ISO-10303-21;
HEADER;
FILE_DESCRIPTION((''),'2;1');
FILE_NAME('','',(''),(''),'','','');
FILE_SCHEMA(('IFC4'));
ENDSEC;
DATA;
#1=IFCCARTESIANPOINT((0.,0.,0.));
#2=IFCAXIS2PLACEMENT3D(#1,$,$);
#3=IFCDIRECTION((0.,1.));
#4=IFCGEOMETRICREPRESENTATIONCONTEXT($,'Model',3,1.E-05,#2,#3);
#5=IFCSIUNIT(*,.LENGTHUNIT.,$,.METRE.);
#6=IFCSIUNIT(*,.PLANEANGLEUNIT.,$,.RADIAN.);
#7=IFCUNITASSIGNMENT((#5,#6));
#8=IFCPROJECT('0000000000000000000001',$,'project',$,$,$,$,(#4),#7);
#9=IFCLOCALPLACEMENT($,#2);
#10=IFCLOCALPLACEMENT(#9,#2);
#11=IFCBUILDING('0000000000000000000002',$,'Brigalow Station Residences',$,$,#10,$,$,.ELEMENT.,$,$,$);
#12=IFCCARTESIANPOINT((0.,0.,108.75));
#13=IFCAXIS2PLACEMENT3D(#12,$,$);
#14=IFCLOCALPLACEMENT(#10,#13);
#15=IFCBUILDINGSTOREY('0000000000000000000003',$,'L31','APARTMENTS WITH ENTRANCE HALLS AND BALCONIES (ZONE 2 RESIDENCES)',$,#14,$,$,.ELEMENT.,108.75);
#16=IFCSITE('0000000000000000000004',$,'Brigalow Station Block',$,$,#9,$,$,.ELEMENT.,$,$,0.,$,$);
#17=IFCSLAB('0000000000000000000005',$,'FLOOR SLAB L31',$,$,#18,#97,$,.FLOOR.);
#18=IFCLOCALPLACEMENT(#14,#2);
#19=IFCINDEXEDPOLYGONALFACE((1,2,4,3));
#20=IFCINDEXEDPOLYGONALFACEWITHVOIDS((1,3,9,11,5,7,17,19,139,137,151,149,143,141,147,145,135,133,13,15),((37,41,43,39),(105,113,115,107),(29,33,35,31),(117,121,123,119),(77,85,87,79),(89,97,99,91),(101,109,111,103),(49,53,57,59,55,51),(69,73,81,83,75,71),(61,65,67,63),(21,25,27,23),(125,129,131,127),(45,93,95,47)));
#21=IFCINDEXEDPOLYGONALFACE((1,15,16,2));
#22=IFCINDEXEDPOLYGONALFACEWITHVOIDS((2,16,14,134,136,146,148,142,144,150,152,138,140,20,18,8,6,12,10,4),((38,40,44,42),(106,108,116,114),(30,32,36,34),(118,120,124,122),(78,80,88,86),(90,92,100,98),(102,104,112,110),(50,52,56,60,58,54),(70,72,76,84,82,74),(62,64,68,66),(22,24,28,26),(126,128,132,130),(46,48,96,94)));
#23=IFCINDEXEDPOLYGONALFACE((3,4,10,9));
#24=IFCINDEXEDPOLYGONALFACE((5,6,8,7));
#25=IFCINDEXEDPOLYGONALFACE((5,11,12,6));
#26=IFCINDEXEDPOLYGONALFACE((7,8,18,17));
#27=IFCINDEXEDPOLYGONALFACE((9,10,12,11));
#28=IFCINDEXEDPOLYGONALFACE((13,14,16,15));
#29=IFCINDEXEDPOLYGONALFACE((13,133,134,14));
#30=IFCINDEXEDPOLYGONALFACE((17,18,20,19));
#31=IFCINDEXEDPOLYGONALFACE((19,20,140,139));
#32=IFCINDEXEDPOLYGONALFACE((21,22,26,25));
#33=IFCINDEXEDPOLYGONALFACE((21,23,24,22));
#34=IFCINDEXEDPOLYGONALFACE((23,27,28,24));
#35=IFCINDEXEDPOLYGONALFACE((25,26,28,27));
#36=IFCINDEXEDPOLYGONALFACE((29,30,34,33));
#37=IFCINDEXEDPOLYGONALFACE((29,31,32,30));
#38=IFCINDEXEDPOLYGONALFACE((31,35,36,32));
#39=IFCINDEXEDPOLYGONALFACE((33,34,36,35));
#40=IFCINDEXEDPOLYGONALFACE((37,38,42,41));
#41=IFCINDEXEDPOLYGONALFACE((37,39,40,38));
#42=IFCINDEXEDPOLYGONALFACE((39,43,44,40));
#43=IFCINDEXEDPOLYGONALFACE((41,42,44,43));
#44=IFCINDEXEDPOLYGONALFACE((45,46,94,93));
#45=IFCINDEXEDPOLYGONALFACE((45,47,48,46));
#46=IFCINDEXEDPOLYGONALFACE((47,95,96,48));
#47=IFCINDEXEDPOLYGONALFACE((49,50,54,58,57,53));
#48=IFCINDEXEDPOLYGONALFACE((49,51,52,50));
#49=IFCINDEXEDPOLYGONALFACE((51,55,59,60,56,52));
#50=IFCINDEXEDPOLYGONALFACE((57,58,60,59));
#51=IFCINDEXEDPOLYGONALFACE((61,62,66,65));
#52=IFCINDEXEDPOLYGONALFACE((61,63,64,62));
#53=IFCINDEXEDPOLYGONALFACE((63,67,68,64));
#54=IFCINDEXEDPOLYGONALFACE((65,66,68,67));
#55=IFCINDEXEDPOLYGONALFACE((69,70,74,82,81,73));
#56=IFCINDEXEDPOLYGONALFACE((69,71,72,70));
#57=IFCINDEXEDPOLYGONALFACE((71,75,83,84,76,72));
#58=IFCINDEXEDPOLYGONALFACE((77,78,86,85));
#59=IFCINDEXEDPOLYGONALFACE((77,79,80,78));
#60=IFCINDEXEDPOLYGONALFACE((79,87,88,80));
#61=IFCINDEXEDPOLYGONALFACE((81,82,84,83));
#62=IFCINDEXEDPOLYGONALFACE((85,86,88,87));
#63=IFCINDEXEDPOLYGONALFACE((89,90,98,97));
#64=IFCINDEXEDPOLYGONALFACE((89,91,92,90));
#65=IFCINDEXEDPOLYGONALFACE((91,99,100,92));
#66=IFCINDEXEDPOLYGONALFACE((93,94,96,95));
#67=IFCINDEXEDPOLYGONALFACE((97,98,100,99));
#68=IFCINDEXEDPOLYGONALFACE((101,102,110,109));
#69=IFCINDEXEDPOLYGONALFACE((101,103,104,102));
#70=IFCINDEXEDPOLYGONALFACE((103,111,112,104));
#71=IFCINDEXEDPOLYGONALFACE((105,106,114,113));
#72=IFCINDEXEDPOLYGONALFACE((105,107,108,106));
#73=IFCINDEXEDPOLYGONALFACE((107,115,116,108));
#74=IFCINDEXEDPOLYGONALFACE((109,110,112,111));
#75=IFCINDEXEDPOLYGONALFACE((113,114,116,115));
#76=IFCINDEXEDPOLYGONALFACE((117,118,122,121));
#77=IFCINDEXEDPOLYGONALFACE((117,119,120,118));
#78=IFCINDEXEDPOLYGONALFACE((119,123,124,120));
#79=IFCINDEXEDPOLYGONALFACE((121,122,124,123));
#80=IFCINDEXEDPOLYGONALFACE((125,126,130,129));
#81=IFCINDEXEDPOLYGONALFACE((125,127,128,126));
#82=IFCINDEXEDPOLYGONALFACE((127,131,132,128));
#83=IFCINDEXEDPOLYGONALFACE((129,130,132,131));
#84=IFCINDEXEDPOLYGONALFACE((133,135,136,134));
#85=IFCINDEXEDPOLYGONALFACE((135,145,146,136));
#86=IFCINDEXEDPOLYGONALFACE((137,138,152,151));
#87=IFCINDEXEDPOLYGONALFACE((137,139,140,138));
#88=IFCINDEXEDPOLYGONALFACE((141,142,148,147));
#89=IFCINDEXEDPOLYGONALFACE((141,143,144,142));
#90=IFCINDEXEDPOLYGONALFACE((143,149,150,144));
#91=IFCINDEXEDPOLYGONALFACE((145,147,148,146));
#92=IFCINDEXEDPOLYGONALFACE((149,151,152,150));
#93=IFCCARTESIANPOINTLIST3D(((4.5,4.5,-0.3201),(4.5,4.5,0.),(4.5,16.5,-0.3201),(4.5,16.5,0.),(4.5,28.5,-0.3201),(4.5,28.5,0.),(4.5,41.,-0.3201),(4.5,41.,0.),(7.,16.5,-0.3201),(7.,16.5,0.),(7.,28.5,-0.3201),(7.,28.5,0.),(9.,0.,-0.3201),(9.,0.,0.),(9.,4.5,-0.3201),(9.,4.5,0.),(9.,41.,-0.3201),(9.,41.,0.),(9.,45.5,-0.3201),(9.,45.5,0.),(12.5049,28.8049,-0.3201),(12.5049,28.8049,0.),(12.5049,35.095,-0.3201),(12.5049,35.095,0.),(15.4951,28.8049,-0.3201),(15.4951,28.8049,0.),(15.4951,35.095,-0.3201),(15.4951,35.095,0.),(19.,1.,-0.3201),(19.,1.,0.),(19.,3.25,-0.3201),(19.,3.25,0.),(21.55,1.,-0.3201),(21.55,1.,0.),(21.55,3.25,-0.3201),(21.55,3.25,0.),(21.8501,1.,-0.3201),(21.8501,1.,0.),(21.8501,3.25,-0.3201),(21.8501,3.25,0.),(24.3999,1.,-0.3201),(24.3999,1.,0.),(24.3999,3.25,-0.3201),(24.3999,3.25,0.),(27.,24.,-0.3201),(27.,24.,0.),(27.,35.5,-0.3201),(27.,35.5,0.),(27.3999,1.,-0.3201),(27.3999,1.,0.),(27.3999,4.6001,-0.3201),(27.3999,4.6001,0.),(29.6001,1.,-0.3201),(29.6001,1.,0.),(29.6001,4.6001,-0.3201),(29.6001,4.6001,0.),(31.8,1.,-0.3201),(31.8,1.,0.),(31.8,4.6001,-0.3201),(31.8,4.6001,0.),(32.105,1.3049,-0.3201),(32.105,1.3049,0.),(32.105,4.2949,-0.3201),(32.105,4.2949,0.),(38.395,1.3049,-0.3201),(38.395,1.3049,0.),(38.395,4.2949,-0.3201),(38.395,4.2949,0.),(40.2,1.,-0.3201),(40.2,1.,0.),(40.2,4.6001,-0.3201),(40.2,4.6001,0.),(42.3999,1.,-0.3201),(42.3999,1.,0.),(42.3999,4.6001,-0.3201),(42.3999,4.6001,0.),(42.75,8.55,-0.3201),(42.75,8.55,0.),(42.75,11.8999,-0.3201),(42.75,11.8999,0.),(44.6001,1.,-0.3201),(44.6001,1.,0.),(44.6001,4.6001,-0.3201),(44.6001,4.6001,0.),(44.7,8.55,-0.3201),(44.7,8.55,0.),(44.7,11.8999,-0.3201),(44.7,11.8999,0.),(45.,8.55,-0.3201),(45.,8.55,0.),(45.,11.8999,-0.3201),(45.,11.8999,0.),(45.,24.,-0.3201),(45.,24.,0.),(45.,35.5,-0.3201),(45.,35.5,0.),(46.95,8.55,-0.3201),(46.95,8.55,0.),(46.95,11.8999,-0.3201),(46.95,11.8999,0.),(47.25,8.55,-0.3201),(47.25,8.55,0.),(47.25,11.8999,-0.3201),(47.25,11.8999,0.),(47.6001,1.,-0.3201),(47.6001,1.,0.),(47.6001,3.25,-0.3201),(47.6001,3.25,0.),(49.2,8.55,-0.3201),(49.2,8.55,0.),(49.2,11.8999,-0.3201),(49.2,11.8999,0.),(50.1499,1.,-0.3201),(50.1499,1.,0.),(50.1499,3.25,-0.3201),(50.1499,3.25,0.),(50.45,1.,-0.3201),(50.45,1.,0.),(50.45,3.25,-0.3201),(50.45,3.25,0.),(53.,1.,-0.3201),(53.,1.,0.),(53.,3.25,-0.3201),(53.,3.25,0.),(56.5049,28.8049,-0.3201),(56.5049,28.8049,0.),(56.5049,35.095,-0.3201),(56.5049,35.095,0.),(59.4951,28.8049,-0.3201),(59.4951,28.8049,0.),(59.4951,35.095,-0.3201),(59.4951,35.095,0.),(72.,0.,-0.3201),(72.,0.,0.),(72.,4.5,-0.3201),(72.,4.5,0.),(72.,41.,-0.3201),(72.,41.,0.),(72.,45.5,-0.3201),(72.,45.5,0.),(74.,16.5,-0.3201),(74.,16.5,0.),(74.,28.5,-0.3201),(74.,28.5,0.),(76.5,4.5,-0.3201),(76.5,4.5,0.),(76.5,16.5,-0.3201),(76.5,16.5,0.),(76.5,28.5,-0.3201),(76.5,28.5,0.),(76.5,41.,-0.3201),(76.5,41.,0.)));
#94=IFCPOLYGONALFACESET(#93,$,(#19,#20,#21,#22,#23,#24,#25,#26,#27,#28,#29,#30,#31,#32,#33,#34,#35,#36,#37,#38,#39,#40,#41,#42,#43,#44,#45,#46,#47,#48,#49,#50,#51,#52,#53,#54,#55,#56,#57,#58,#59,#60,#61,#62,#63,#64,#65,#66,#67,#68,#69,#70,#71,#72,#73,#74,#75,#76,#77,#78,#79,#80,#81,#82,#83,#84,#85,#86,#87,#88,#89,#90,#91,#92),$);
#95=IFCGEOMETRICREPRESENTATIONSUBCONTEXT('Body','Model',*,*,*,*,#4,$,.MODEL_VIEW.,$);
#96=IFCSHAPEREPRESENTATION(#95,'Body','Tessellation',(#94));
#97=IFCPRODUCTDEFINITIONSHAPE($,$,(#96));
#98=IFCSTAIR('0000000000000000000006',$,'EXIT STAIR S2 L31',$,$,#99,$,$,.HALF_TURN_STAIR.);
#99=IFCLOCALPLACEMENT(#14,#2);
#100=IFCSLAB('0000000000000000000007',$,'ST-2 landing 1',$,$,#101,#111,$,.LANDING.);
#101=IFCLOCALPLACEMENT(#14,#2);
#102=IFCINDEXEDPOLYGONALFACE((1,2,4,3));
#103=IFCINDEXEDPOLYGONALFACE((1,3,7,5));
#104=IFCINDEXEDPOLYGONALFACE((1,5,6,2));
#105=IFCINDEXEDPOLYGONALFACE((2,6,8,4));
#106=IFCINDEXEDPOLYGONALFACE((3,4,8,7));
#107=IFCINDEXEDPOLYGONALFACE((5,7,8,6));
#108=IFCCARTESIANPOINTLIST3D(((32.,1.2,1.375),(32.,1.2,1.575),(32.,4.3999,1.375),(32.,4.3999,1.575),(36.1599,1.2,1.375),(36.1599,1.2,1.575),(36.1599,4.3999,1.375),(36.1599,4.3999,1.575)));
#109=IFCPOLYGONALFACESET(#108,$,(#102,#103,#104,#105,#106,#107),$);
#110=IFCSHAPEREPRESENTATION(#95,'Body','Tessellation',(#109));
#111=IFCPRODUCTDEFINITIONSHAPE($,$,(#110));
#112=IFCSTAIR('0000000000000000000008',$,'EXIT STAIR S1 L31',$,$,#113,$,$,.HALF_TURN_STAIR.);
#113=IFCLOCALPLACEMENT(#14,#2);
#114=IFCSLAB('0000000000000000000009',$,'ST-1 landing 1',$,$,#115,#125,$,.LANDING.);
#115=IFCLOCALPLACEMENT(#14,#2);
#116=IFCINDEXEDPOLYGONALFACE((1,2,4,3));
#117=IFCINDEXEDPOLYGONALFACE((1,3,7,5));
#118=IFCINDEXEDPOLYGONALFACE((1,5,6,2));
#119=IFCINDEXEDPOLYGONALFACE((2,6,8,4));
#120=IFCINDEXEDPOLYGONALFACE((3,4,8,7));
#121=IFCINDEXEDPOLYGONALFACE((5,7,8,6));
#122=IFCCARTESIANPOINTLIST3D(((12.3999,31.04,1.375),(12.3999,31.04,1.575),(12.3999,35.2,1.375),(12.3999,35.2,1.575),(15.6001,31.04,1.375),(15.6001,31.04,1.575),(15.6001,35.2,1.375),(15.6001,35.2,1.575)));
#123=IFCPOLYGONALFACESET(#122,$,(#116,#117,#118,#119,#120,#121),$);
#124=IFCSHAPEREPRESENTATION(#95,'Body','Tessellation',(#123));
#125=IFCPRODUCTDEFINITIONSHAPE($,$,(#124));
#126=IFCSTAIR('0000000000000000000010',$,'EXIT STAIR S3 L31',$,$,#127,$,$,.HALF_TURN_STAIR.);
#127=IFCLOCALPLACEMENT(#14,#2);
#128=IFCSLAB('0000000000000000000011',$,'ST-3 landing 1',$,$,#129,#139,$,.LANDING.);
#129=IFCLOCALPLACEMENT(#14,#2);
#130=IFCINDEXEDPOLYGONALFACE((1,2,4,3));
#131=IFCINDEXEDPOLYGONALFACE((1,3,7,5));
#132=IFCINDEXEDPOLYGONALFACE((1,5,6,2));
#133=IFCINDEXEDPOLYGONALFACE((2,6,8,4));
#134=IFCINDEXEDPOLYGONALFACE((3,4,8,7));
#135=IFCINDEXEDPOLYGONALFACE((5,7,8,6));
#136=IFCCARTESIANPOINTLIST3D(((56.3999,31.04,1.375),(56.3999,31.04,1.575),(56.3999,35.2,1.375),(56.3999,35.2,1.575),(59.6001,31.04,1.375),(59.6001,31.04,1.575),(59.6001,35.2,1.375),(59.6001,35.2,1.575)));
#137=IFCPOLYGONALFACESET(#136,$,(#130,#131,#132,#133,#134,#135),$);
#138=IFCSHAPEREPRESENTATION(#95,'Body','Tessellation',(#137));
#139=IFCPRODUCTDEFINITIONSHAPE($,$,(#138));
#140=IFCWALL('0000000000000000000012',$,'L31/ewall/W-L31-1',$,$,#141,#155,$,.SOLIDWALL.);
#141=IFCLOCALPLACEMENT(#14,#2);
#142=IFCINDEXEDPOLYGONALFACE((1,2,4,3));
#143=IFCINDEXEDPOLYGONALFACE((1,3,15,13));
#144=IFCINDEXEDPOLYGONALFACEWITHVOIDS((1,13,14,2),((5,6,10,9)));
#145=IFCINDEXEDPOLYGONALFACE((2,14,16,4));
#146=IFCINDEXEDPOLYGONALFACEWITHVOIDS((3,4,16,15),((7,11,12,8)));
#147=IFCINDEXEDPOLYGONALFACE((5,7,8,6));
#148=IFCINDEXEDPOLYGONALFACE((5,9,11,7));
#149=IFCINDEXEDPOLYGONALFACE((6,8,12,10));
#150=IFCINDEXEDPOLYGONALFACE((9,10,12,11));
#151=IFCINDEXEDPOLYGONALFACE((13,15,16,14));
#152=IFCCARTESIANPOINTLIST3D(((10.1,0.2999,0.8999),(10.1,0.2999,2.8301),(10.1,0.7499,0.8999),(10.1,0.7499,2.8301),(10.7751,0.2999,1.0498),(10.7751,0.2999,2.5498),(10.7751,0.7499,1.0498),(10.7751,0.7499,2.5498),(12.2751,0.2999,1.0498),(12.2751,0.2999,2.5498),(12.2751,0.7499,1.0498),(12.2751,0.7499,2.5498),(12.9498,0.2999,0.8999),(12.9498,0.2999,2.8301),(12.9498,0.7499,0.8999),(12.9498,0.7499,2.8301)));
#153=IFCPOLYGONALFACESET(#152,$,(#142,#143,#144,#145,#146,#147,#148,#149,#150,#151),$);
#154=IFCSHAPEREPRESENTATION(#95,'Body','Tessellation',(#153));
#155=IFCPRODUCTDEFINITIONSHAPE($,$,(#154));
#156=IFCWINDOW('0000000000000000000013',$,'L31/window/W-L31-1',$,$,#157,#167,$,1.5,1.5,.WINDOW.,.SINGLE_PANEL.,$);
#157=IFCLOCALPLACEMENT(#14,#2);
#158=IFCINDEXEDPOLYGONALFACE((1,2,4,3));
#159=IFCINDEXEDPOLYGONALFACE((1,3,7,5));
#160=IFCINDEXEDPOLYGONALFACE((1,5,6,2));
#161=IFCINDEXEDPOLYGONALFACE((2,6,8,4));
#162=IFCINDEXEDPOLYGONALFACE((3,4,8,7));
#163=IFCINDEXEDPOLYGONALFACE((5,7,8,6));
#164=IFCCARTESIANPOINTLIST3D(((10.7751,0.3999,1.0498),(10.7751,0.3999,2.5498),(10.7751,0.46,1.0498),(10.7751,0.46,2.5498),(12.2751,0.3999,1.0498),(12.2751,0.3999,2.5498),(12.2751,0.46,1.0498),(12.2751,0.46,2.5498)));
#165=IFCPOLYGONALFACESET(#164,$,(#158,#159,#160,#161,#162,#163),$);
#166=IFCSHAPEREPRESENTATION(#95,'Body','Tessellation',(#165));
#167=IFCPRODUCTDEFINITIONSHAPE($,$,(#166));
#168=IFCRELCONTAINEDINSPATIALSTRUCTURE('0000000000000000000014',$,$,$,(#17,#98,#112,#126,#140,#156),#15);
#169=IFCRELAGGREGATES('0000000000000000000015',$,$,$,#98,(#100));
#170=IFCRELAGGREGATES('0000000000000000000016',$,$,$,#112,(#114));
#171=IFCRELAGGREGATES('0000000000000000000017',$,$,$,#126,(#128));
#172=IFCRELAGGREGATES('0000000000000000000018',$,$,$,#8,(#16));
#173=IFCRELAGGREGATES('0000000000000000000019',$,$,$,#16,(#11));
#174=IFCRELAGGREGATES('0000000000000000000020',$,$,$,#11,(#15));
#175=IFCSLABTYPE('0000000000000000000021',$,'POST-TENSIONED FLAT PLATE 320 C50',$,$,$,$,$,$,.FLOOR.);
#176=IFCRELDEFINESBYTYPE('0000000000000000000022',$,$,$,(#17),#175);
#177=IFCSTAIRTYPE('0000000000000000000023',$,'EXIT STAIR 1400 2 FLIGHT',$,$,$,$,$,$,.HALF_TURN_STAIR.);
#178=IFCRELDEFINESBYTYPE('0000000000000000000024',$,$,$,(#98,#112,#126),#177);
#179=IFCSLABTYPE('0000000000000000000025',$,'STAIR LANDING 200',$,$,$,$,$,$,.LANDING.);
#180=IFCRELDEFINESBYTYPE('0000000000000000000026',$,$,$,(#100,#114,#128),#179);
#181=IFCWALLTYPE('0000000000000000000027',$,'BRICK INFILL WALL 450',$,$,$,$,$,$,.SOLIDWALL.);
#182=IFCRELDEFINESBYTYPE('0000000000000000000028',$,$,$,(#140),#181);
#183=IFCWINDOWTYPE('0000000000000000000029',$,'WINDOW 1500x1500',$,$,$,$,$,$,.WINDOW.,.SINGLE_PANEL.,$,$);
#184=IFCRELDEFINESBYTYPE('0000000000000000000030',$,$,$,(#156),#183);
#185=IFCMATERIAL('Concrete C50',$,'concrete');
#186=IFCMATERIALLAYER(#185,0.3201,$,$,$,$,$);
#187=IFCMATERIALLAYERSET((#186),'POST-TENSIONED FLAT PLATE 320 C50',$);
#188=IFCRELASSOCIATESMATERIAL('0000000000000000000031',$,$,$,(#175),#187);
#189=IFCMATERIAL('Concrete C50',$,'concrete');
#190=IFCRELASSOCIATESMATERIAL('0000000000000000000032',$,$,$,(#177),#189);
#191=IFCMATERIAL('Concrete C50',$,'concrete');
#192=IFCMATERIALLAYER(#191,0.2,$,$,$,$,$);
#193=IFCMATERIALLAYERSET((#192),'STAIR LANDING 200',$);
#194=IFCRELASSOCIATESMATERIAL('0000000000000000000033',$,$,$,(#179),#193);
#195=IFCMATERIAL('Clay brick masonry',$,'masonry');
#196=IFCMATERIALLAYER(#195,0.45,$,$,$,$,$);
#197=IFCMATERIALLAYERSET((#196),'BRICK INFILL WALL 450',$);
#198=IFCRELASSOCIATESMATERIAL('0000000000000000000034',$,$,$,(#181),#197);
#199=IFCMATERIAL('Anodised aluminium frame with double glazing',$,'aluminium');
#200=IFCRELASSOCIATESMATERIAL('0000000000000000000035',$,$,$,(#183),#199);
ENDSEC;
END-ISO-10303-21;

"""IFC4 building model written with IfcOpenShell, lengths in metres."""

from ifc_helpers import new_model, si_unit, direction, frame, frame_2d, origin, place, context, subcontext, project, spatial, polyline, rectangle, outline, extrude, material, layer, layer_set, type_object, element, fill, aggregate, save


model = new_model("IFC4")

# Units and contexts
model_context = context("Model", 3, precision=1e-05, world=origin(), true_north=direction((0.0, 1.0)))
body_context = subcontext(model_context, "Body", "Model", "MODEL_VIEW")
ifc_project = project(units=[si_unit("LENGTHUNIT", "METRE"), si_unit("PLANEANGLEUNIT", "RADIAN")], contexts=[model_context])

# Site, building, storey
site_placement = place(None, origin())
site = spatial("IfcSite", under=ifc_project, at=site_placement, Name="Brigalow Station Block", CompositionType="ELEMENT", RefElevation=0.0)
building_placement = place(site_placement, origin())
building = spatial("IfcBuilding", under=site, at=building_placement, Name="Brigalow Station Residences", CompositionType="ELEMENT")
storey_placement = place(building_placement, frame((0.0, 0.0, 108.75)))
storey = spatial("IfcBuildingStorey", under=building, at=storey_placement, Name="L31", Description="APARTMENTS WITH ENTRANCE HALLS AND BALCONIES (ZONE 2 RESIDENCES)", CompositionType="ELEMENT", Elevation=108.75)

# Slab
ifc_material_1 = material(Name="Concrete C50", Category="concrete")
ifc_layer_1 = layer(ifc_material_1, 0.3201)
ifc_layer_set_1 = layer_set([ifc_layer_1], Name="POST-TENSIONED FLAT PLATE 320 C50")
slab_type_1 = type_object("IfcSlabType", Name="POST-TENSIONED FLAT PLATE 320 C50", PredefinedType="FLOOR", material=ifc_layer_set_1)
slab_1_placement = place(storey_placement, frame((0.0, 0.0, -0.3201)))
element("IfcSlab", 1, at=slab_1_placement, inside=storey, type_object=slab_type_1, Name="FLOOR SLAB L31", PredefinedType="FLOOR", context=body_context, shape_type="SweptSolid", body=[
    extrude(outline(polyline([(9.0, 0.0), (72.0, 0.0), (72.0, 4.5), (76.5, 4.5), (76.5, 16.5), (74.0, 16.5), (74.0, 28.5), (76.5, 28.5), (76.5, 41.0), (72.0, 41.0), (72.0, 45.5), (9.0, 45.5), (9.0, 41.0), (4.5, 41.0), (4.5, 28.5), (7.0, 28.5), (7.0, 16.5), (4.5, 16.5), (4.5, 4.5), (9.0, 4.5), (9.0, 0.0)]), holes=[polyline([(12.5049, 35.095), (15.4951, 35.095), (15.4951, 28.8049), (12.5049, 28.8049), (12.5049, 35.095)]), polyline([(19.0, 1.0), (19.0, 3.25), (21.55, 3.25), (21.55, 1.0), (19.0, 1.0)]), polyline([(21.8501, 3.25), (24.3999, 3.25), (24.3999, 1.0), (21.8501, 1.0), (21.8501, 3.25)]), polyline([(27.0, 35.5), (45.0, 35.5), (45.0, 24.0), (27.0, 24.0), (27.0, 35.5)]), polyline([(29.6001, 4.6001), (31.8, 4.6001), (31.8, 1.0), (29.6001, 1.0), (27.3999, 1.0), (27.3999, 4.6001), (29.6001, 4.6001)]), polyline([(32.105, 4.2949), (38.395, 4.2949), (38.395, 1.3049), (32.105, 1.3049), (32.105, 4.2949)]), polyline([(40.2, 4.6001), (42.3999, 4.6001), (44.6001, 4.6001), (44.6001, 1.0), (42.3999, 1.0), (40.2, 1.0), (40.2, 4.6001)]), polyline([(42.75, 11.8999), (44.7, 11.8999), (44.7, 8.55), (42.75, 8.55), (42.75, 11.8999)]), polyline([(45.0, 11.8999), (46.95, 11.8999), (46.95, 8.55), (45.0, 8.55), (45.0, 11.8999)]), polyline([(47.25, 11.8999), (49.2, 11.8999), (49.2, 8.55), (47.25, 8.55), (47.25, 11.8999)]), polyline([(47.6001, 3.25), (50.1499, 3.25), (50.1499, 1.0), (47.6001, 1.0), (47.6001, 3.25)]), polyline([(50.45, 3.25), (53.0, 3.25), (53.0, 1.0), (50.45, 1.0), (50.45, 3.25)]), polyline([(56.5049, 35.095), (59.4951, 35.095), (59.4951, 28.8049), (56.5049, 28.8049), (56.5049, 35.095)])]), origin(), (0.0, 0.0, 1.0), 0.3201),
])

# Stairs, slabs
ifc_material_2 = material(Name="Concrete C50", Category="concrete")
stair_type = type_object("IfcStairType", Name="EXIT STAIR 1400 2 FLIGHT", PredefinedType="HALF_TURN_STAIR", material=ifc_material_2)
stair_1_placement = place(storey_placement, origin())
stair_1 = element("IfcStair", 2, at=stair_1_placement, inside=storey, type_object=stair_type, Name="EXIT STAIR S2 L31", PredefinedType="HALF_TURN_STAIR")
ifc_material_3 = material(Name="Concrete C50", Category="concrete")
ifc_layer_2 = layer(ifc_material_3, 0.2)
ifc_layer_set_2 = layer_set([ifc_layer_2], Name="STAIR LANDING 200")
slab_type_2 = type_object("IfcSlabType", Name="STAIR LANDING 200", PredefinedType="LANDING", material=ifc_layer_set_2)
slab_2_placement = place(storey_placement, frame((0.0, 0.0, 1.375)))
slab_2 = element("IfcSlab", 3, at=slab_2_placement, type_object=slab_type_2, Name="ST-2 landing 1", PredefinedType="LANDING", context=body_context, shape_type="SweptSolid", body=[
    extrude(outline(polyline([(32.0, 1.2), (36.1599, 1.2), (36.1599, 4.3999), (32.0, 4.3999), (32.0, 1.2)])), origin(), (0.0, 0.0, 1.0), 0.2),
])
aggregate(stair_1, [slab_2])
stair_2_placement = place(storey_placement, origin())
stair_2 = element("IfcStair", 4, at=stair_2_placement, inside=storey, type_object=stair_type, Name="EXIT STAIR S1 L31", PredefinedType="HALF_TURN_STAIR")
slab_3_placement = place(storey_placement, frame((0.0, 0.0, 1.375)))
slab_3 = element("IfcSlab", 5, at=slab_3_placement, type_object=slab_type_2, Name="ST-1 landing 1", PredefinedType="LANDING", context=body_context, shape_type="SweptSolid", body=[
    extrude(outline(polyline([(12.3999, 31.04), (15.6001, 31.04), (15.6001, 35.2), (12.3999, 35.2), (12.3999, 31.04)])), origin(), (0.0, 0.0, 1.0), 0.2),
])
aggregate(stair_2, [slab_3])
stair_3_placement = place(storey_placement, origin())
stair_3 = element("IfcStair", 6, at=stair_3_placement, inside=storey, type_object=stair_type, Name="EXIT STAIR S3 L31", PredefinedType="HALF_TURN_STAIR")
slab_4_placement = place(storey_placement, frame((0.0, 0.0, 1.375)))
slab_4 = element("IfcSlab", 7, at=slab_4_placement, type_object=slab_type_2, Name="ST-3 landing 1", PredefinedType="LANDING", context=body_context, shape_type="SweptSolid", body=[
    extrude(outline(polyline([(56.3999, 31.04), (59.6001, 31.04), (59.6001, 35.2), (56.3999, 35.2), (56.3999, 31.04)])), origin(), (0.0, 0.0, 1.0), 0.2),
])
aggregate(stair_3, [slab_4])

# Wall, opening, window
ifc_material_4 = material(Name="Clay brick masonry", Category="masonry")
ifc_layer_3 = layer(ifc_material_4, 0.45)
ifc_layer_set_3 = layer_set([ifc_layer_3], Name="BRICK INFILL WALL 450")
wall_type_1 = type_object("IfcWallType", Name="BRICK INFILL WALL 450", PredefinedType="SOLIDWALL", material=ifc_layer_set_3)
wall_1_placement = place(storey_placement, frame((10.1001, 0.5249, 0.8999), z_axis=(0.0, 0.0, 1.0), x_axis=(1.0, 0.0, 0.0)))
wall_1 = element("IfcWall", 8, at=wall_1_placement, inside=storey, type_object=wall_type_1, Name="L31/ewall/W-L31-1", PredefinedType="SOLIDWALL", context=body_context, shape_type="SweptSolid", body=[
    extrude(rectangle(XDim=2.8499, YDim=0.45, at=frame_2d((1.4248, 0.0))), origin(), (0.0, 0.0, 1.0), 1.9302),
])
opening_1_placement = place(wall_1_placement, frame((0.675, 0.0, 0.1499)))
opening_1 = element("IfcOpeningElement", 9, at=opening_1_placement, cuts=wall_1, PredefinedType="OPENING", context=body_context, shape_type="SweptSolid", body=[
    extrude(rectangle(XDim=1.5, YDim=1.5, at=frame_2d((0.75, 0.75))), frame((0.0, 0.2349, 0.0), z_axis=(0.0, -1.0, 0.0), x_axis=(1.0, 0.0, 0.0)), (0.0, 0.0, 1.0), 0.47),
])
ifc_material_5 = material(Name="Anodised aluminium frame with double glazing", Category="aluminium")
window_type_1 = type_object("IfcWindowType", Name="WINDOW 1500x1500", PartitioningType="SINGLE_PANEL", PredefinedType="WINDOW", material=ifc_material_5)
window_1_placement = place(opening_1_placement, origin())
window_1 = element("IfcWindow", 10, at=window_1_placement, inside=storey, type_object=window_type_1, Name="L31/window/W-L31-1", OverallHeight=1.5, OverallWidth=1.5, PartitioningType="SINGLE_PANEL", PredefinedType="WINDOW", context=body_context, shape_type="SweptSolid", body=[
    extrude(rectangle(XDim=1.5, YDim=1.5, at=frame_2d((0.75, 0.75))), frame((0.0, -0.0649, 0.0), z_axis=(0.0, -1.0, 0.0), x_axis=(1.0, 0.0, 0.0)), (0.0, 0.0, 1.0), 0.0601),
])
fill(opening_1, window_1)

save(model, "model.ifc")
